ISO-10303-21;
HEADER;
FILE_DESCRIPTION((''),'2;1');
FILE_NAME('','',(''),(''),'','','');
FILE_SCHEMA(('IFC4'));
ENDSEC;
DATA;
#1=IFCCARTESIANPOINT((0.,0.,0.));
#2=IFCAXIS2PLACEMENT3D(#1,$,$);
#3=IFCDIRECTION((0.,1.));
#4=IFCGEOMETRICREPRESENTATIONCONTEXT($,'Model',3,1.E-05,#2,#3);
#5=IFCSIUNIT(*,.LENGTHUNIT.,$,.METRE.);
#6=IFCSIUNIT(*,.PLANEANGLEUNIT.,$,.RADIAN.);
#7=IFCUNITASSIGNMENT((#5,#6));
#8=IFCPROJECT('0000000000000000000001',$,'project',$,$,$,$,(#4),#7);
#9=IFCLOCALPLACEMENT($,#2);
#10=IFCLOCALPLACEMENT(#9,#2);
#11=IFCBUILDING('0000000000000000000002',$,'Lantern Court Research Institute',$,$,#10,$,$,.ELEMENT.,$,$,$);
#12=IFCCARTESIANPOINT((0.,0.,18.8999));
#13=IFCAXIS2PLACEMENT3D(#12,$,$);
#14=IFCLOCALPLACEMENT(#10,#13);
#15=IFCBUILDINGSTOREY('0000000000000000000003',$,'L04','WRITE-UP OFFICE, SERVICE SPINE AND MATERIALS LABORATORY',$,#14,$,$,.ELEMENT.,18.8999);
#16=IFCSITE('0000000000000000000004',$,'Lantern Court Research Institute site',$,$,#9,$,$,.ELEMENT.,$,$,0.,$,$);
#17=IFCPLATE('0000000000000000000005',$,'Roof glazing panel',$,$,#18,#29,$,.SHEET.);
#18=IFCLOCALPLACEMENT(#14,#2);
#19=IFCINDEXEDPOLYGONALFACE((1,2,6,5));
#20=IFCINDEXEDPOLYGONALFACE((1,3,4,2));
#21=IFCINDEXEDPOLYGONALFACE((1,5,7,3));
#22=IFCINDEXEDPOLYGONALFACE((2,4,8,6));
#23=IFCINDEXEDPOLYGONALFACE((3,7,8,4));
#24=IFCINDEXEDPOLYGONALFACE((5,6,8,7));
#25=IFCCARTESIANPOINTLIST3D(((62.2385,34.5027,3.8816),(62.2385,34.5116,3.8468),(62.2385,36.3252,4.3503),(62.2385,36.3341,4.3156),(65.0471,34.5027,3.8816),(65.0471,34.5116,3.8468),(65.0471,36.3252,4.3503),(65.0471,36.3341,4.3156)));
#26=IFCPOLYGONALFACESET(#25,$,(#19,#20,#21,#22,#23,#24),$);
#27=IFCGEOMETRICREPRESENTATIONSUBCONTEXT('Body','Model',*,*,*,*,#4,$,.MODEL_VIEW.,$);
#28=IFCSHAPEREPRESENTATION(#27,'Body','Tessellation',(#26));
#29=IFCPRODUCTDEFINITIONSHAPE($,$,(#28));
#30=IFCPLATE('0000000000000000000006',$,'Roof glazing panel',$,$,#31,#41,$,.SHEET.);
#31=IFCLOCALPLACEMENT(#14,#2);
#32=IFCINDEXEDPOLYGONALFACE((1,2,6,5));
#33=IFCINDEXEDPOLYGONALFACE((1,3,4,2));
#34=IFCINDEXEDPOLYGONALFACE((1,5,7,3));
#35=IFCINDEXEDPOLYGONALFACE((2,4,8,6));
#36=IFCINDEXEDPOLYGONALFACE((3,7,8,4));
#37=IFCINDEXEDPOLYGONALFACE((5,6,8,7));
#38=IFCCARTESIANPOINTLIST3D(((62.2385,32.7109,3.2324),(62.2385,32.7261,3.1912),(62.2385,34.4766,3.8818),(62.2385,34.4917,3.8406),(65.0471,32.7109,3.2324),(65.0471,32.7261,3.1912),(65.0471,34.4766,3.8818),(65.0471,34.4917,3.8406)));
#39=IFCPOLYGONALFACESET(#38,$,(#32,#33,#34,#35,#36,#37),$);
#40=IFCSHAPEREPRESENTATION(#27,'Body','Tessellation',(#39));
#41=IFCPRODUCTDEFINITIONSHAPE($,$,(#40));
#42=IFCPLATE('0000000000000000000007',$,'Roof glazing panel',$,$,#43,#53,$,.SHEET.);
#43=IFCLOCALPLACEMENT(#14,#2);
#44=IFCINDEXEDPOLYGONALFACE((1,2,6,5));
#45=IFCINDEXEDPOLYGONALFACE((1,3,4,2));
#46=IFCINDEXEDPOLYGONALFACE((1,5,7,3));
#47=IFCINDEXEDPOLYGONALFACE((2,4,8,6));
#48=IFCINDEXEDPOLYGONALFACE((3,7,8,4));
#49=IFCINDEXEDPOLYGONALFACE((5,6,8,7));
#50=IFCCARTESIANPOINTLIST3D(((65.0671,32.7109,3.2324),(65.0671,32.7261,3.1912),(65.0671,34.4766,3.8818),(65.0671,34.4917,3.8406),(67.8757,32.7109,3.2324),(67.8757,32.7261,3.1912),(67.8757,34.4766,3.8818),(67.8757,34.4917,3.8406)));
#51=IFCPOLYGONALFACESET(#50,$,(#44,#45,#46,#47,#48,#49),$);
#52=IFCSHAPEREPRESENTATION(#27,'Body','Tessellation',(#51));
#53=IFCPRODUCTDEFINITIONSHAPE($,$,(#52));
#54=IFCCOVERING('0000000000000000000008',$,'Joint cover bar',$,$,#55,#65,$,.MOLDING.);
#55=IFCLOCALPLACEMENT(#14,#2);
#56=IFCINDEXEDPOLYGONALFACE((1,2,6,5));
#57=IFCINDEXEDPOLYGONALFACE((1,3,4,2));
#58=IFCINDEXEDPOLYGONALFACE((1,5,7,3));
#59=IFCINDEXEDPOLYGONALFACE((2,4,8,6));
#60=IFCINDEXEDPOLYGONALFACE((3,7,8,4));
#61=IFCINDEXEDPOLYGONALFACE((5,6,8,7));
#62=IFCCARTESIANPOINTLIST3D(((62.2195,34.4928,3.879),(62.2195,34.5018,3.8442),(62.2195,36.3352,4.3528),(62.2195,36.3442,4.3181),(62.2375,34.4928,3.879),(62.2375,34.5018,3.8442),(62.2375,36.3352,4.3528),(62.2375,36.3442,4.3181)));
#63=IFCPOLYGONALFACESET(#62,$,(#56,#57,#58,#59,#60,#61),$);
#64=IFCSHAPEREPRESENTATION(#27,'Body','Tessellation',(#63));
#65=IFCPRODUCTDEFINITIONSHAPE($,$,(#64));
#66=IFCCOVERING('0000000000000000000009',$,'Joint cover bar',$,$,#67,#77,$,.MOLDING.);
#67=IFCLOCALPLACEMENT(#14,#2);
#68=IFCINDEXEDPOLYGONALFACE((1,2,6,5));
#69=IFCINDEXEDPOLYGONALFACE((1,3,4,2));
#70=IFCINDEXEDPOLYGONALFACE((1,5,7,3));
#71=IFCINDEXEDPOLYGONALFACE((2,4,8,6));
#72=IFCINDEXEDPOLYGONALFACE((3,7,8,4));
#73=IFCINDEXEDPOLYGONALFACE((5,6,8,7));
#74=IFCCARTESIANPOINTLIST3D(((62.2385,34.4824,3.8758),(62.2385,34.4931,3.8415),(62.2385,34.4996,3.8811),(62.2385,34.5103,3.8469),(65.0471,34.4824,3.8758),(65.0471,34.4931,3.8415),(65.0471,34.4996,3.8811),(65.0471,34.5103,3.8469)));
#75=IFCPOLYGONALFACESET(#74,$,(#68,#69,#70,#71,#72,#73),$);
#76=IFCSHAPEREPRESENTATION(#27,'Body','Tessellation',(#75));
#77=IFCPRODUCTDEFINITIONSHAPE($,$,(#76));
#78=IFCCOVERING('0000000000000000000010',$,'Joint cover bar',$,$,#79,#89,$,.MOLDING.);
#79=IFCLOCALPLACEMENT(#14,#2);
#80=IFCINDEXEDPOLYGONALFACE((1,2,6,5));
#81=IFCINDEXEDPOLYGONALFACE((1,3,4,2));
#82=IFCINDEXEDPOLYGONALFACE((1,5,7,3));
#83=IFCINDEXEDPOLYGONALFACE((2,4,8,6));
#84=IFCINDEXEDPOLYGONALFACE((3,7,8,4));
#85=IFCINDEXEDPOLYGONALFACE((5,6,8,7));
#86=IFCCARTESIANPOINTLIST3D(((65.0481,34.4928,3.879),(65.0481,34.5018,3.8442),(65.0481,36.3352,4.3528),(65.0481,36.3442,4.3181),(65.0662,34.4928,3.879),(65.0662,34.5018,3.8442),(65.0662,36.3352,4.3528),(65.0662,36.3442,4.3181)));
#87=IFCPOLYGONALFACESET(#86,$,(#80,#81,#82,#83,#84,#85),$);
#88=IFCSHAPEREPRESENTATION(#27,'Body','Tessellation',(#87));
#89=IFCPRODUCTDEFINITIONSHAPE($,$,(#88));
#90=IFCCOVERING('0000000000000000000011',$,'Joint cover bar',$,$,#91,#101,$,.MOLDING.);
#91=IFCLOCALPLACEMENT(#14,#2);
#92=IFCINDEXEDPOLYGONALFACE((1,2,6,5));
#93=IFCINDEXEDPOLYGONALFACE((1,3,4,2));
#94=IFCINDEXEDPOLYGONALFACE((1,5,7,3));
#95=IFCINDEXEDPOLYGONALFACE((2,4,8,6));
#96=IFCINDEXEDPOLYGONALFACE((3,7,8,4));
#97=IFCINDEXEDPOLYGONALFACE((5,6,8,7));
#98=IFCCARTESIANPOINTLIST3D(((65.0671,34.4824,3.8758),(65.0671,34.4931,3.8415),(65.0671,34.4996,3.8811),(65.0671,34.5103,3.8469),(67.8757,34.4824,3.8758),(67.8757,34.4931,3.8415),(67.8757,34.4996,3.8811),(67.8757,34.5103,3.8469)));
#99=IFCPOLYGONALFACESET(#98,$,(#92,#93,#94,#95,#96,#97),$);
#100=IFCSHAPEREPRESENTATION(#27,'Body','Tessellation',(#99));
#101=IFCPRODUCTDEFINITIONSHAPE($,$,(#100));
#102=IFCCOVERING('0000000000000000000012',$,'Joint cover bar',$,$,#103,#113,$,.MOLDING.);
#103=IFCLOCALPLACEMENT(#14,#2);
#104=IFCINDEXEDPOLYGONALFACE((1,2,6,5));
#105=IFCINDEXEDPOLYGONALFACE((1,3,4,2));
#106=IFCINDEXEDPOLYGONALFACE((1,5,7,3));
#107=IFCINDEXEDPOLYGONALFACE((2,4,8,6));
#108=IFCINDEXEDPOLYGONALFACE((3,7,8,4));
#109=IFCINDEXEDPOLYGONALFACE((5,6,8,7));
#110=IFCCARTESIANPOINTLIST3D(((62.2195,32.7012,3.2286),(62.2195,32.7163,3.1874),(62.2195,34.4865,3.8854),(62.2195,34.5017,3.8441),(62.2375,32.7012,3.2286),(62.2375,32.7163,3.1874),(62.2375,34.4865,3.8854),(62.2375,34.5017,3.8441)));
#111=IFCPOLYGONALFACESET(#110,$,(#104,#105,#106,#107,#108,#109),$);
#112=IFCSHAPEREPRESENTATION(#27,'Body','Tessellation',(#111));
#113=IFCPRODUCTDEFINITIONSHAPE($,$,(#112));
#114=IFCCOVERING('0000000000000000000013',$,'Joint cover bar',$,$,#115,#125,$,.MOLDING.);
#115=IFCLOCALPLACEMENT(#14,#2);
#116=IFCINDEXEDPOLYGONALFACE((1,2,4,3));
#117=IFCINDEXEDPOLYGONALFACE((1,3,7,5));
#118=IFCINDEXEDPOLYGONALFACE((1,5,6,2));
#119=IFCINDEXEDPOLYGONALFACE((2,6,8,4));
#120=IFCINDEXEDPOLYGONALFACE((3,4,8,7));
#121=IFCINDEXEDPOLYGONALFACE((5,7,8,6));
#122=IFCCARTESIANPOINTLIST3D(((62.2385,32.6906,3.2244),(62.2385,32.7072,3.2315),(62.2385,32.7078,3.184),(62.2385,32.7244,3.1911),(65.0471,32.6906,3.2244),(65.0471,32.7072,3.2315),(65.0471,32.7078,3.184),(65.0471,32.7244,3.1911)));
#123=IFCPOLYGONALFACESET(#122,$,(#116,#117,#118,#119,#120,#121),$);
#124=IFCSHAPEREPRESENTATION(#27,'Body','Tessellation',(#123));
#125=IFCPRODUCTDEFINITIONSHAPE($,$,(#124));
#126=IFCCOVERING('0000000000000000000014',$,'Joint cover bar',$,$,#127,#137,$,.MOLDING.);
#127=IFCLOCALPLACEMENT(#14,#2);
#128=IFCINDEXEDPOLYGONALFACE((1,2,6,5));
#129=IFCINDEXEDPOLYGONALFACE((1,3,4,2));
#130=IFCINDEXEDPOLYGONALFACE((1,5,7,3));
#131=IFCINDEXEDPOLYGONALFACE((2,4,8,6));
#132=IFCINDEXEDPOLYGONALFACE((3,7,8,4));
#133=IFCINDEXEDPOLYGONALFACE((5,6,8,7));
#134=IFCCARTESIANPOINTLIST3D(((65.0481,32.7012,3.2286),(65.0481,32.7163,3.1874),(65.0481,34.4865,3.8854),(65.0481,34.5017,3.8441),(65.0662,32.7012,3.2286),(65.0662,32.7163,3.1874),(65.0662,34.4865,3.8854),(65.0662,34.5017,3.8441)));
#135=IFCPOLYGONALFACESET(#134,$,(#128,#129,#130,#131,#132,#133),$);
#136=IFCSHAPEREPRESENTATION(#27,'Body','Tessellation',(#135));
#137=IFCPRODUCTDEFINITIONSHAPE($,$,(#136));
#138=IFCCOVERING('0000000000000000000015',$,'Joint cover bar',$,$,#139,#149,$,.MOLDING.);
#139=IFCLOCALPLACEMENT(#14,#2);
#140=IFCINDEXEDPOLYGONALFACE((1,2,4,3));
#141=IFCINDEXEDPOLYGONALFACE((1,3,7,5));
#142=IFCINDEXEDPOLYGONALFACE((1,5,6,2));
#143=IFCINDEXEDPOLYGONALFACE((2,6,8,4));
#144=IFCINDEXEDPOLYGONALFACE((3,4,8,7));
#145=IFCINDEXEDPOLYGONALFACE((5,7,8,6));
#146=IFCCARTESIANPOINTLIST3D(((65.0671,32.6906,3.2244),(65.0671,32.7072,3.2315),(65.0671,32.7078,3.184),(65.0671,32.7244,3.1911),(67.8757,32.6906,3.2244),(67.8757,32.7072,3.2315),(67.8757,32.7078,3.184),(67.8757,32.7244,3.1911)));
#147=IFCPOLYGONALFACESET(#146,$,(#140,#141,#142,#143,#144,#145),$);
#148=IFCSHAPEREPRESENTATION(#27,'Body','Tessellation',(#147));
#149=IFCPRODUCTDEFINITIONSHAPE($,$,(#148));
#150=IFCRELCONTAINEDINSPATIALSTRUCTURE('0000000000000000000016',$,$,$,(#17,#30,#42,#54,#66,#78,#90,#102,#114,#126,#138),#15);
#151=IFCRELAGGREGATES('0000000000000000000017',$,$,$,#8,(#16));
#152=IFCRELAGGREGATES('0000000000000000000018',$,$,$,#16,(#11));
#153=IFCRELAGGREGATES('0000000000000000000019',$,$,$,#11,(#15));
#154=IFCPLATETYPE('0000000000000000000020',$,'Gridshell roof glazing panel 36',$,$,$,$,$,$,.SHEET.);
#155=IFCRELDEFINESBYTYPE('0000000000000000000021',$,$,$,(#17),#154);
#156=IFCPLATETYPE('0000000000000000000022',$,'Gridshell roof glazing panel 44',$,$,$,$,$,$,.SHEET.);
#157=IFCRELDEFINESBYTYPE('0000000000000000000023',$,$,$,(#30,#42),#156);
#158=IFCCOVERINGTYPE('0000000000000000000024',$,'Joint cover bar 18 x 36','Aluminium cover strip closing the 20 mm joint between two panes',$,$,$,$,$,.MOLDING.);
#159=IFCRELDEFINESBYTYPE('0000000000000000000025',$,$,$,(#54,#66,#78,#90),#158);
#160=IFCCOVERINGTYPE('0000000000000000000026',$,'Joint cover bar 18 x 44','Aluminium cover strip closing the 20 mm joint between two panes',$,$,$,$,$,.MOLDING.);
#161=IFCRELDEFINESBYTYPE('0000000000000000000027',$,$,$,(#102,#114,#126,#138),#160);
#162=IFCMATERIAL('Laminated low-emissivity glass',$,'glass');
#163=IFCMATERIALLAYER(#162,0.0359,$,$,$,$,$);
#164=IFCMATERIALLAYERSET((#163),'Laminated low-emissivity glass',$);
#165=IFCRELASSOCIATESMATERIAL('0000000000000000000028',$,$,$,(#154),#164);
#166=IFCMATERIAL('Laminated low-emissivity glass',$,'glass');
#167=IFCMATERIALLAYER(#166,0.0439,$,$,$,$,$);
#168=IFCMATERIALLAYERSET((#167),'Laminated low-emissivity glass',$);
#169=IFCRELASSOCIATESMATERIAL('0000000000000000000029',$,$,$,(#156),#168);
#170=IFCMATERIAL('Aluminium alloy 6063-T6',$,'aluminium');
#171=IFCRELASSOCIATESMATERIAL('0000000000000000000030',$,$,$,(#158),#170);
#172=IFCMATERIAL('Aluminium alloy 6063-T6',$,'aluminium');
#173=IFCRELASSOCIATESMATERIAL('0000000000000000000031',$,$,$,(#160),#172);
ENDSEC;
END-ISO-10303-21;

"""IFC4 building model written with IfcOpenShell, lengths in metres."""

from ifc_helpers import new_model, si_unit, direction, frame, origin, origin_2d, place, context, subcontext, project, spatial, polyline, rectangle, outline, extrude, material, layer, layer_set, material_profile, profile_set, type_object, element, save


model = new_model("IFC4")

# Units and contexts
model_context = context("Model", 3, precision=1e-05, world=origin(), true_north=direction((0.0, 1.0)))
body_context = subcontext(model_context, "Body", "Model", "MODEL_VIEW")
ifc_project = project(units=[si_unit("LENGTHUNIT", "METRE"), si_unit("PLANEANGLEUNIT", "RADIAN")], contexts=[model_context])

# Site, building, storey
site_placement = place(None, origin())
site = spatial("IfcSite", under=ifc_project, at=site_placement, Name="Lantern Court Research Institute site", CompositionType="ELEMENT", RefElevation=0.0)
building_placement = place(site_placement, origin())
building = spatial("IfcBuilding", under=site, at=building_placement, Name="Lantern Court Research Institute", CompositionType="ELEMENT")
storey_placement = place(building_placement, frame((0.0, 0.0, 18.8999)))
storey = spatial("IfcBuildingStorey", under=building, at=storey_placement, Name="L04", Description="WRITE-UP OFFICE, SERVICE SPINE AND MATERIALS LABORATORY", CompositionType="ELEMENT", Elevation=18.8999)

# Plates
ifc_material_1 = material(Name="Laminated low-emissivity glass", Category="glass")
ifc_layer_1 = layer(ifc_material_1, 0.0359)
ifc_layer_set_1 = layer_set([ifc_layer_1], Name="Laminated low-emissivity glass")
plate_type_1 = type_object("IfcPlateType", Name="Gridshell roof glazing panel 36", PredefinedType="SHEET", material=ifc_layer_set_1)
plate_placement = place(storey_placement, frame((65.0471, 34.5027, 3.8816), z_axis=(0.0, -0.249093, 0.96848), x_axis=(-1.0, 0.0, 0.0)))
element("IfcPlate", 1, at=plate_placement, inside=storey, type_object=plate_type_1, Name="Roof glazing panel", PredefinedType="SHEET", context=body_context, shape_type="SweptSolid", body=[
    extrude(outline(polyline([(0.0, 0.0), (2.8086, 0.0), (2.8086, -1.8818), (0.0, -1.8818), (0.0, 0.0)])), origin(), (0.0, 0.0, -1.0), 0.0359),
])
ifc_material_2 = material(Name="Laminated low-emissivity glass", Category="glass")
ifc_layer_2 = layer(ifc_material_2, 0.0439)
ifc_layer_set_2 = layer_set([ifc_layer_2], Name="Laminated low-emissivity glass")
plate_type_2 = type_object("IfcPlateType", Name="Gridshell roof glazing panel 44", PredefinedType="SHEET", material=ifc_layer_set_2)
for number, where, z_axis, x_axis, name in (
    (2, (65.0471, 32.7109, 3.2324), (0.0, -0.3452, 0.938529), (-1.0, 0.0, 0.0), "Roof glazing panel"),
    (3, (67.8757, 32.7109, 3.2324), (0.0, -0.3452, 0.938529), (-1.0, 0.0, 0.0), "Roof glazing panel"),
):
    element("IfcPlate", number, at=place(storey_placement, frame(where, z_axis=z_axis, x_axis=x_axis)), inside=storey, type_object=plate_type_2, Name=name, PredefinedType="SHEET", context=body_context, shape_type="SweptSolid", body=[
        extrude(outline(polyline([(0.0, 0.0), (2.8086, 0.0), (2.8086, -1.8813), (0.0, -1.8813), (0.0, 0.0)])), origin(), (0.0, 0.0, -1.0), 0.0439),
    ])

# Coverings
ifc_material_3 = material(Name="Aluminium alloy 6063-T6", Category="aluminium")
ifc_material_profile_1 = material_profile(ifc_material_3, rectangle(XDim=0.0181, YDim=0.0359, at=origin_2d()), Name="Joint cover bar 18 x 36")
ifc_profile_set_1 = profile_set([ifc_material_profile_1], Name="Aluminium alloy 6063-T6")
covering_type_1 = type_object("IfcCoveringType", Name="Joint cover bar 18 x 36", Description="Aluminium cover strip closing the 20 mm joint between two panes", PredefinedType="MOLDING", material=ifc_profile_set_1)
covering_1_placement = place(storey_placement, frame((62.2285, 34.4973, 3.8616), z_axis=(0.0, 0.968474, 0.249113), x_axis=(-1.0, 0.0, 0.0)))
element("IfcCovering", 4, at=covering_1_placement, inside=storey, type_object=covering_type_1, Name="Joint cover bar", PredefinedType="MOLDING", context=body_context, shape_type="SweptSolid", body=[
    extrude(rectangle(XDim=0.0181, YDim=0.0359, at=origin_2d()), origin(), (0.0, 0.0, 1.0), 1.9023),
])
covering_2_placement = place(storey_placement, frame((62.2385, 34.4963, 3.8613), z_axis=(1.0, 0.0, 0.0), x_axis=(0.0, 0.954713, 0.297528)))
element("IfcCovering", 5, at=covering_2_placement, inside=storey, type_object=covering_type_1, Name="Joint cover bar", PredefinedType="MOLDING", context=body_context, shape_type="SweptSolid", body=[
    extrude(rectangle(XDim=0.0181, YDim=0.0359, at=origin_2d()), origin(), (0.0, 0.0, 1.0), 2.8086),
])
covering_3_placement = place(storey_placement, frame((65.0571, 34.4973, 3.8616), z_axis=(0.0, 0.968474, 0.249113), x_axis=(-1.0, 0.0, 0.0)))
element("IfcCovering", 6, at=covering_3_placement, inside=storey, type_object=covering_type_1, Name="Joint cover bar", PredefinedType="MOLDING", context=body_context, shape_type="SweptSolid", body=[
    extrude(rectangle(XDim=0.0181, YDim=0.0359, at=origin_2d()), origin(), (0.0, 0.0, 1.0), 1.9023),
])
covering_4_placement = place(storey_placement, frame((65.0671, 34.4963, 3.8613), z_axis=(1.0, 0.0, 0.0), x_axis=(0.0, 0.954713, 0.297528)))
element("IfcCovering", 7, at=covering_4_placement, inside=storey, type_object=covering_type_1, Name="Joint cover bar", PredefinedType="MOLDING", context=body_context, shape_type="SweptSolid", body=[
    extrude(rectangle(XDim=0.0181, YDim=0.0359, at=origin_2d()), origin(), (0.0, 0.0, 1.0), 2.8086),
])
ifc_material_4 = material(Name="Aluminium alloy 6063-T6", Category="aluminium")
ifc_material_profile_2 = material_profile(ifc_material_4, rectangle(XDim=0.0181, YDim=0.0439, at=origin_2d()), Name="Joint cover bar 18 x 44")
ifc_profile_set_2 = profile_set([ifc_material_profile_2], Name="Aluminium alloy 6063-T6")
covering_type_2 = type_object("IfcCoveringType", Name="Joint cover bar 18 x 44", Description="Aluminium cover strip closing the 20 mm joint between two panes", PredefinedType="MOLDING", material=ifc_profile_set_2)
covering_5_placement = place(storey_placement, frame((62.2285, 32.7087, 3.208), z_axis=(0.0, 0.93852, 0.345224), x_axis=(-1.0, 0.0, 0.0)))
element("IfcCovering", 8, at=covering_5_placement, inside=storey, type_object=covering_type_2, Name="Joint cover bar", PredefinedType="MOLDING", context=body_context, shape_type="SweptSolid", body=[
    extrude(rectangle(XDim=0.0181, YDim=0.0439, at=origin_2d()), origin(), (0.0, 0.0, 1.0), 1.9023),
])
covering_6_placement = place(storey_placement, frame((62.2385, 32.7075, 3.2078), z_axis=(1.0, 0.0, 0.0), x_axis=(0.0, 0.919966, 0.391999)))
element("IfcCovering", 9, at=covering_6_placement, inside=storey, type_object=covering_type_2, Name="Joint cover bar", PredefinedType="MOLDING", context=body_context, shape_type="SweptSolid", body=[
    extrude(rectangle(XDim=0.0181, YDim=0.0439, at=origin_2d()), origin(), (0.0, 0.0, 1.0), 2.8086),
])
covering_7_placement = place(storey_placement, frame((65.0571, 32.7087, 3.208), z_axis=(0.0, 0.93852, 0.345224), x_axis=(-1.0, 0.0, 0.0)))
element("IfcCovering", 10, at=covering_7_placement, inside=storey, type_object=covering_type_2, Name="Joint cover bar", PredefinedType="MOLDING", context=body_context, shape_type="SweptSolid", body=[
    extrude(rectangle(XDim=0.0181, YDim=0.0439, at=origin_2d()), origin(), (0.0, 0.0, 1.0), 1.9023),
])
covering_8_placement = place(storey_placement, frame((65.0671, 32.7075, 3.2078), z_axis=(1.0, 0.0, 0.0), x_axis=(0.0, 0.919966, 0.391999)))
element("IfcCovering", 11, at=covering_8_placement, inside=storey, type_object=covering_type_2, Name="Joint cover bar", PredefinedType="MOLDING", context=body_context, shape_type="SweptSolid", body=[
    extrude(rectangle(XDim=0.0181, YDim=0.0439, at=origin_2d()), origin(), (0.0, 0.0, 1.0), 2.8086),
])

save(model, "model.ifc")
